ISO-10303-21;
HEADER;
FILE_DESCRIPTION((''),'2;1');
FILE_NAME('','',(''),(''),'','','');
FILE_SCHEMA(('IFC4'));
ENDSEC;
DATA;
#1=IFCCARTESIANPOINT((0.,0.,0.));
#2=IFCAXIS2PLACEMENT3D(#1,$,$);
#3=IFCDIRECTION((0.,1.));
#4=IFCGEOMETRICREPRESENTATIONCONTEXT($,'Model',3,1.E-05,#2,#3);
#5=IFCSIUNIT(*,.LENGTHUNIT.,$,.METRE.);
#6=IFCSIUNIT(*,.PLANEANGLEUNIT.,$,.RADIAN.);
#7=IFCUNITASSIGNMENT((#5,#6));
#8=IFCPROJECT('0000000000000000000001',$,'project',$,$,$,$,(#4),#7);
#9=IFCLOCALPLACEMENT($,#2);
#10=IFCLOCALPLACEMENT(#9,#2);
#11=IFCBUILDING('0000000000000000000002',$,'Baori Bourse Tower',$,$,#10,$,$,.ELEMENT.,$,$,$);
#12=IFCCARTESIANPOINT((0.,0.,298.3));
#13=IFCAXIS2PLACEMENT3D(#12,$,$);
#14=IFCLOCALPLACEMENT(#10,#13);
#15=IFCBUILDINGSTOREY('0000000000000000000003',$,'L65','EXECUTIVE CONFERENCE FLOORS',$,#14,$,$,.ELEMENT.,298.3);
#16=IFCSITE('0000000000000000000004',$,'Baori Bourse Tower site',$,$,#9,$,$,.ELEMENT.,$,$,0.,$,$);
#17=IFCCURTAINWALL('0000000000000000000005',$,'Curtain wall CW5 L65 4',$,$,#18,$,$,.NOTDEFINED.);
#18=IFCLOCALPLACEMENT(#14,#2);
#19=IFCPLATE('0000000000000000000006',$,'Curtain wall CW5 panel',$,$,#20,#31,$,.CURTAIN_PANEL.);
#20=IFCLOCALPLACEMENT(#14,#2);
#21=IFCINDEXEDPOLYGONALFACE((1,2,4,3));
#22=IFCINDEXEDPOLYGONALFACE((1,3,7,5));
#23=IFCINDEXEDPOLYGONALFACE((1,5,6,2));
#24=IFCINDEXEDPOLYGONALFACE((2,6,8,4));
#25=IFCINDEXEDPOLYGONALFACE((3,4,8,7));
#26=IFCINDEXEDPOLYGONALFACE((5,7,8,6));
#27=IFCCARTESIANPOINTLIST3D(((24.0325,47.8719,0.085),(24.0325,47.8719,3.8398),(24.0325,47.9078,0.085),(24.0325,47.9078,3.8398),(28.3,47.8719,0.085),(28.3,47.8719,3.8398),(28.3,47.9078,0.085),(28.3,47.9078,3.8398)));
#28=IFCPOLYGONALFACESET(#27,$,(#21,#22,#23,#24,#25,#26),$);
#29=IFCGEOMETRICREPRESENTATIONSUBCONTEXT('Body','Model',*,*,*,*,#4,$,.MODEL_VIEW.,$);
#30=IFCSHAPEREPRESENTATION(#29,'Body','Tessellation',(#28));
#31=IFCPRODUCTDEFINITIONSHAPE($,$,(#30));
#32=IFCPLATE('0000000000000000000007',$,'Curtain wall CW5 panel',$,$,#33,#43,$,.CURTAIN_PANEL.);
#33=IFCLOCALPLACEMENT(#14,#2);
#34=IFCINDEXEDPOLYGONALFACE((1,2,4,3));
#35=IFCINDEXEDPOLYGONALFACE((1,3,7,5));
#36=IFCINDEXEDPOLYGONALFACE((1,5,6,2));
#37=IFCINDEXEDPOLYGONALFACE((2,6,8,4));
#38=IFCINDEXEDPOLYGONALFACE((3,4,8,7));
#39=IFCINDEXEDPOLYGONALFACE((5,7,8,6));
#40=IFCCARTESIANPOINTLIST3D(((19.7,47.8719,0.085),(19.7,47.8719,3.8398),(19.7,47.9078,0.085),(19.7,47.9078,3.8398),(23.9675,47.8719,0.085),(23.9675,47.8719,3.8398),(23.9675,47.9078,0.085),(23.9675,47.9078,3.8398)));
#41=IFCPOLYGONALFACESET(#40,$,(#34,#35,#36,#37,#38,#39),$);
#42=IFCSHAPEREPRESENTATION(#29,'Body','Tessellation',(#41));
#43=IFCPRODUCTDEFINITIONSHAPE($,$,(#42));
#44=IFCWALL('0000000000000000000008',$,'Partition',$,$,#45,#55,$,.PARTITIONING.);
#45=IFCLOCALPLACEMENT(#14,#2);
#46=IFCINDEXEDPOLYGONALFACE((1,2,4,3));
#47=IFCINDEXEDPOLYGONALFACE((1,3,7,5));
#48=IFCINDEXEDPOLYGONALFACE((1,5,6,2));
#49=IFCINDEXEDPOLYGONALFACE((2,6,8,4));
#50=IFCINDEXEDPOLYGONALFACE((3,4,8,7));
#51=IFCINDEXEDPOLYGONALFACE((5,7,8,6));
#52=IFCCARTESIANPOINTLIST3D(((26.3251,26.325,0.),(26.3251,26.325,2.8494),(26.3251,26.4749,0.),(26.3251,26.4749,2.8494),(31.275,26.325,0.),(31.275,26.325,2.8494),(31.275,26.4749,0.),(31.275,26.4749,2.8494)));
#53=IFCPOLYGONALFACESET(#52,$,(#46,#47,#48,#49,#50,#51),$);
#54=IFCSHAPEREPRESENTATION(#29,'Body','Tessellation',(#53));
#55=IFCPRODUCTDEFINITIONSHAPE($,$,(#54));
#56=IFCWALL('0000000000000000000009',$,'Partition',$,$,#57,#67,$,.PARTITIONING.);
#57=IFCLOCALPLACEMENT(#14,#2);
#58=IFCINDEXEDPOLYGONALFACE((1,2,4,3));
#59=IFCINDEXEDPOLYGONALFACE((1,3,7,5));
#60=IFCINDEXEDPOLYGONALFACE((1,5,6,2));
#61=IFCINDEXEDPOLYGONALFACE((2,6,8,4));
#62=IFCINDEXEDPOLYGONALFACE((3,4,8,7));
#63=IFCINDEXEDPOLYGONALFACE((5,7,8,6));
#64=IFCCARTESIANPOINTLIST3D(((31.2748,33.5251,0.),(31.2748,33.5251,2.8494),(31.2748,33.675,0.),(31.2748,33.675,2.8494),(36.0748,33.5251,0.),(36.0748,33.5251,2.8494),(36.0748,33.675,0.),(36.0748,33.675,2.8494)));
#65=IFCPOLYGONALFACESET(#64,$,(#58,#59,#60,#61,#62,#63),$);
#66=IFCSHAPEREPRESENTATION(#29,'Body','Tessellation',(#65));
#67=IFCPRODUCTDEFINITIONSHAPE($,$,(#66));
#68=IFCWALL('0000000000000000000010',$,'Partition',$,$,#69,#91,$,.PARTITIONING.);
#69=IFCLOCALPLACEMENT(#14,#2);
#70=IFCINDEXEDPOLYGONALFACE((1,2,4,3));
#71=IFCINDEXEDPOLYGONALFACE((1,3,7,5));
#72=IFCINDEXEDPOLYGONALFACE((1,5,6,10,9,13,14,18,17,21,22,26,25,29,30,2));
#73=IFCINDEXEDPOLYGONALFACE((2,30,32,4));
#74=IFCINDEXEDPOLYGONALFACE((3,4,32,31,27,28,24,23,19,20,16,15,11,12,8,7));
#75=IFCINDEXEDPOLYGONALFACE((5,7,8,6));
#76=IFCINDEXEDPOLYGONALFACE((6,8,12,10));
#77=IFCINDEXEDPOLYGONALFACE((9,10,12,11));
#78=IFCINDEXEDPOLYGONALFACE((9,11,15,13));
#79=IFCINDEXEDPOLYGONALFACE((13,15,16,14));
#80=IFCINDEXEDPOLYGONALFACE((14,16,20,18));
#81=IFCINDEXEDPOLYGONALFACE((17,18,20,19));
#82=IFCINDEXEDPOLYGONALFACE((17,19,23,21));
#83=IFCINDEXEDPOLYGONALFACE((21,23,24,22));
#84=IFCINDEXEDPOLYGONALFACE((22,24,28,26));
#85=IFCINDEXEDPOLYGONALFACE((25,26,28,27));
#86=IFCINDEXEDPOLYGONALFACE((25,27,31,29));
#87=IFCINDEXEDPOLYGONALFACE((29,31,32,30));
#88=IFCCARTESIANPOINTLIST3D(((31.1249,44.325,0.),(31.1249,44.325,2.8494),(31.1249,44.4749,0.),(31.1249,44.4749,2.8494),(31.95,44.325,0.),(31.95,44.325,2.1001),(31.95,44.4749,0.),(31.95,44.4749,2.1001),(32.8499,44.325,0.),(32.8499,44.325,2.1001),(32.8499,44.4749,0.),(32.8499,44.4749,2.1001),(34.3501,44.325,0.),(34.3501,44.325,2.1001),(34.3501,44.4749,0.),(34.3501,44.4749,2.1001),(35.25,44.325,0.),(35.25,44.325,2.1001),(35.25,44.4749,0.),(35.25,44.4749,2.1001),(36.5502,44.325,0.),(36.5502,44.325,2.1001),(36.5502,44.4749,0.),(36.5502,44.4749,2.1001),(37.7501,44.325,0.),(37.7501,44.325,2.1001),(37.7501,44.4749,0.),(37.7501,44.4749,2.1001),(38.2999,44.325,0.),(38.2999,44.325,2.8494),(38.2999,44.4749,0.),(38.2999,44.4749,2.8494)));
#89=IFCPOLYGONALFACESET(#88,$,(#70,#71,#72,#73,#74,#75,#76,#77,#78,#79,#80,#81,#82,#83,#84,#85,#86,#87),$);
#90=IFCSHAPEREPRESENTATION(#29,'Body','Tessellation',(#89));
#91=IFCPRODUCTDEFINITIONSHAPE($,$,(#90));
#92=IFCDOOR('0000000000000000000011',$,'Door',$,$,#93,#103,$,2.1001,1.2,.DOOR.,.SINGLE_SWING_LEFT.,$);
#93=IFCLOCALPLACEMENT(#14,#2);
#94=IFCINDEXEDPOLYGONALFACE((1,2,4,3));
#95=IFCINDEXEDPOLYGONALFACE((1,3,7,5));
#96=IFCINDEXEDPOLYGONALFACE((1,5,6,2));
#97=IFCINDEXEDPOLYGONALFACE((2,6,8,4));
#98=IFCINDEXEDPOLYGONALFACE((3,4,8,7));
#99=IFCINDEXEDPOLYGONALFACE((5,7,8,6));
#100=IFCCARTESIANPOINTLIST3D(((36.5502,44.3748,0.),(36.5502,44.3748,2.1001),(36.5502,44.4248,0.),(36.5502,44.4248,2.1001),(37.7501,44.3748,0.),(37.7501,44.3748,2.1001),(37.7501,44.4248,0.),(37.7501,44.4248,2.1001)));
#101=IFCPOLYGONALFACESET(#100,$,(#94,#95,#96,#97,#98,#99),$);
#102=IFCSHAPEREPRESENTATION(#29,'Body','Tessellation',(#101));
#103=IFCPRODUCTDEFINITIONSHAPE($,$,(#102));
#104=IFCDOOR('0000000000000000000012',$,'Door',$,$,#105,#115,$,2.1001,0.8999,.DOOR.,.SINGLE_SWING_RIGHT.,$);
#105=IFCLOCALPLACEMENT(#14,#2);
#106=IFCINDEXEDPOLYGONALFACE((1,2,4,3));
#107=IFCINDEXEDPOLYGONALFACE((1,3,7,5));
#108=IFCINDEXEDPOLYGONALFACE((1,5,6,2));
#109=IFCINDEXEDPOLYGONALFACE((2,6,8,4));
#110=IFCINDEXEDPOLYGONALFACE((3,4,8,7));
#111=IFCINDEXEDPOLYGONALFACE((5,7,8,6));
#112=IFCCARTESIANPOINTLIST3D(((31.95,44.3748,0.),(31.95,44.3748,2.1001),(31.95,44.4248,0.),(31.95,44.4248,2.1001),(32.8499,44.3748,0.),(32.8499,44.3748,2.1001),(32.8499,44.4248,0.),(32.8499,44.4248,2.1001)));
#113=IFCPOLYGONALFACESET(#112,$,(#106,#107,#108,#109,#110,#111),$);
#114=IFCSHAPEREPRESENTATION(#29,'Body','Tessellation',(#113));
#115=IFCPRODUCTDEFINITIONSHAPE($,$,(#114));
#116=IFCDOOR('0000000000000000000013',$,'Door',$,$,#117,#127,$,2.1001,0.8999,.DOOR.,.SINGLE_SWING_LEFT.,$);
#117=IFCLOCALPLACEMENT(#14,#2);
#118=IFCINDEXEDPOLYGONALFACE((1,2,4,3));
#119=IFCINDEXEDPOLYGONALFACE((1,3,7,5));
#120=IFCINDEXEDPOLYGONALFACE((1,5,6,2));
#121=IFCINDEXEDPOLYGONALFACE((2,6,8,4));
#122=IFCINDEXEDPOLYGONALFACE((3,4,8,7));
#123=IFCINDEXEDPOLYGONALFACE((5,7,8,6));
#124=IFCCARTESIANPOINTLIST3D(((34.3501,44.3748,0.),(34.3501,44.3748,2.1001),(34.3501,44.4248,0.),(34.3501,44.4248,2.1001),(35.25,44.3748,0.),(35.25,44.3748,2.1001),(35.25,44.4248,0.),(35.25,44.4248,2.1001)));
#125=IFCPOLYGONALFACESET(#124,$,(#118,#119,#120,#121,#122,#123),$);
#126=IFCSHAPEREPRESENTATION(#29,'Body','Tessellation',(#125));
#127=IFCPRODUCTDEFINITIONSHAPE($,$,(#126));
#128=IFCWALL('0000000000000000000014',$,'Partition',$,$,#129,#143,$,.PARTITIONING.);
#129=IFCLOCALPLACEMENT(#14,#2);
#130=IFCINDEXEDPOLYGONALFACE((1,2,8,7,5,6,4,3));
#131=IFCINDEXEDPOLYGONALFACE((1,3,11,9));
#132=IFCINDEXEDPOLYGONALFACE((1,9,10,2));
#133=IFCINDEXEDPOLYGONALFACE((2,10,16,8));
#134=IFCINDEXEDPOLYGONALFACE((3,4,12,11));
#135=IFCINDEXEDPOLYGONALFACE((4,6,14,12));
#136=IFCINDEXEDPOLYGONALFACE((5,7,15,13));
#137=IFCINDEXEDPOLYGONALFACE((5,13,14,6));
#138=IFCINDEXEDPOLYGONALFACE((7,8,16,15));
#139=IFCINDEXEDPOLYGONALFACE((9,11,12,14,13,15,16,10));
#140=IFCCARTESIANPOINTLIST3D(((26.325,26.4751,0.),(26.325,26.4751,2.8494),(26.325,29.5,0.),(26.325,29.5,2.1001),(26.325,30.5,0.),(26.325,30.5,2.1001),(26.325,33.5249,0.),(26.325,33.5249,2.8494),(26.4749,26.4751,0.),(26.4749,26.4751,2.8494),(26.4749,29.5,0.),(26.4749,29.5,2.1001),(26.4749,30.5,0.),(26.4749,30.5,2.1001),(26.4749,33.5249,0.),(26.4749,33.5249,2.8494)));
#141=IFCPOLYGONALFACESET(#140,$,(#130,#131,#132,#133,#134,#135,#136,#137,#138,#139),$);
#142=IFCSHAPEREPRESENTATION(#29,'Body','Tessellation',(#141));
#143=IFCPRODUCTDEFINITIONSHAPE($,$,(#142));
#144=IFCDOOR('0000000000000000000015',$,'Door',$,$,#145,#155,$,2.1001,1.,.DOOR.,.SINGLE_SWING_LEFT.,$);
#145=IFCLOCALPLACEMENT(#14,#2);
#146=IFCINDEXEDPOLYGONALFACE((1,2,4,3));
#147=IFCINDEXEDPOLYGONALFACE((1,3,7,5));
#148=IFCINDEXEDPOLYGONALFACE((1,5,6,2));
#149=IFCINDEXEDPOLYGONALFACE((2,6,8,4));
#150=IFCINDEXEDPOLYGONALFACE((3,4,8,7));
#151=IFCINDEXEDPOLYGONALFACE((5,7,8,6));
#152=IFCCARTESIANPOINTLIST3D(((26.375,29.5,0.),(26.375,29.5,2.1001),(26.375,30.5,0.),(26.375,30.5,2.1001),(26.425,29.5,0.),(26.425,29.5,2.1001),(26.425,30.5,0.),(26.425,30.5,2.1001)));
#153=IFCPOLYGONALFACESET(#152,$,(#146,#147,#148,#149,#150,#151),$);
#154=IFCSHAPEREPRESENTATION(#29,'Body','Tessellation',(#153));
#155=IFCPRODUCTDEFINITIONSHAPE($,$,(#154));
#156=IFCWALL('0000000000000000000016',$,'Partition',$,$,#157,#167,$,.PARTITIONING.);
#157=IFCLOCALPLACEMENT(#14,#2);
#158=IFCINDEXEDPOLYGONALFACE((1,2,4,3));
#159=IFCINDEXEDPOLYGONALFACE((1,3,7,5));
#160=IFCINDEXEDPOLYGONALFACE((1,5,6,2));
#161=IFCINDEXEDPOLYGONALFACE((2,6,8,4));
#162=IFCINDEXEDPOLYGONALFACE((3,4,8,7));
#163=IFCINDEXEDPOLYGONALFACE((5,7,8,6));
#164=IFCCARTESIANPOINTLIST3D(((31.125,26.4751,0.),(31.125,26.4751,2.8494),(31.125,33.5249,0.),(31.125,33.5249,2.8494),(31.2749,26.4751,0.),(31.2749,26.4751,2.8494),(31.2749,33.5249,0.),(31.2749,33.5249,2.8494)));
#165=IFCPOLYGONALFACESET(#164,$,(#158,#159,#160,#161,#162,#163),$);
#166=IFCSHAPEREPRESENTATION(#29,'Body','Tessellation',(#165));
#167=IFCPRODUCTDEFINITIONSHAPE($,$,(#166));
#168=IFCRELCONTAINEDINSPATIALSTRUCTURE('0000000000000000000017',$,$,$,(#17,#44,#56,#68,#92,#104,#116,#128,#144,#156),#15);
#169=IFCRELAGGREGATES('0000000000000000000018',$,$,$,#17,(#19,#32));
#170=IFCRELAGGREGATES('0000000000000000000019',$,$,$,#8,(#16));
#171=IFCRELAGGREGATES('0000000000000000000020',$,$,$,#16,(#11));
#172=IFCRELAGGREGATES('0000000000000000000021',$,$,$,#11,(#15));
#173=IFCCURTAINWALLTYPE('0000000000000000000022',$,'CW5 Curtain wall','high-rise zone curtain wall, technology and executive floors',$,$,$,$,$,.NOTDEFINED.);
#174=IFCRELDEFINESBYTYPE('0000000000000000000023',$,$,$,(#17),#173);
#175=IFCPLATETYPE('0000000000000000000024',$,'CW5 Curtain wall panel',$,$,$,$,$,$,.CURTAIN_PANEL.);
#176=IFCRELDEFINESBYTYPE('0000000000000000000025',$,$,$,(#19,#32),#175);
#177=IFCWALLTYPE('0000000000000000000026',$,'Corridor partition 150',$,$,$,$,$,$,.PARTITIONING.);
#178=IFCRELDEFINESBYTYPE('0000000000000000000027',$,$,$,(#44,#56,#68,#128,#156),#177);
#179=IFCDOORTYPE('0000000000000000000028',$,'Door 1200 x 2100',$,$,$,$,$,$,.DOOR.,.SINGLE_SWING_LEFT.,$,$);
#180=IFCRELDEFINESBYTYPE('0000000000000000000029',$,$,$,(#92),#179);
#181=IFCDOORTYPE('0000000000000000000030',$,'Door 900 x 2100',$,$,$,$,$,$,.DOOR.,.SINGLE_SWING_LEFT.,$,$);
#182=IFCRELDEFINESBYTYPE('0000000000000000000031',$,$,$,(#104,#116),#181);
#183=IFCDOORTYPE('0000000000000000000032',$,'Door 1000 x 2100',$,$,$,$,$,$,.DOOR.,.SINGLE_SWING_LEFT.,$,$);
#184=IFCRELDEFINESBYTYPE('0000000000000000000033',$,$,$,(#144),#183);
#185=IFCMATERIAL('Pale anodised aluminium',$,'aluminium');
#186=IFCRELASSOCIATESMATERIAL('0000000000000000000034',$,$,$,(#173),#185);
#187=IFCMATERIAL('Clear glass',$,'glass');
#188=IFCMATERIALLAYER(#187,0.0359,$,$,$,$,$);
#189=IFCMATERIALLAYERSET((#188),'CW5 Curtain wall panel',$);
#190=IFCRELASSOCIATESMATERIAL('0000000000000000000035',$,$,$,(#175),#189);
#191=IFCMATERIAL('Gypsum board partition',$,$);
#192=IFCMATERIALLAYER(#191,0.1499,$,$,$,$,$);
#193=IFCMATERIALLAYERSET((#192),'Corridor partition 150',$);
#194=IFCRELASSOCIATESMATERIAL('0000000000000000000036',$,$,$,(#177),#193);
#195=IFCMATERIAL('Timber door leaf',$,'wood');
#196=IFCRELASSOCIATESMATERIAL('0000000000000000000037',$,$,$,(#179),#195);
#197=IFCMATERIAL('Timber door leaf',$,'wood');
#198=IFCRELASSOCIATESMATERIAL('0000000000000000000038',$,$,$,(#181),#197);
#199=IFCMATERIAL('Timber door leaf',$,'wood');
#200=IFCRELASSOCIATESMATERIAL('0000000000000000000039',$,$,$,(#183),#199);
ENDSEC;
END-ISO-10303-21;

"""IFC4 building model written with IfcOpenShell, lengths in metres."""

from ifc_helpers import new_model, si_unit, direction, frame, frame_2d, origin, origin_2d, place, context, subcontext, project, spatial, rectangle, extrude, material, layer, layer_set, type_object, element, fill, aggregate, save


model = new_model("IFC4")

# Units and contexts
model_context = context("Model", 3, precision=1e-05, world=origin(), true_north=direction((0.0, 1.0)))
body_context = subcontext(model_context, "Body", "Model", "MODEL_VIEW")
ifc_project = project(units=[si_unit("LENGTHUNIT", "METRE"), si_unit("PLANEANGLEUNIT", "RADIAN")], contexts=[model_context])

# Site, building, storey
site_placement = place(None, origin())
site = spatial("IfcSite", under=ifc_project, at=site_placement, Name="Baori Bourse Tower site", CompositionType="ELEMENT", RefElevation=0.0)
building_placement = place(site_placement, origin())
building = spatial("IfcBuilding", under=site, at=building_placement, Name="Baori Bourse Tower", CompositionType="ELEMENT")
storey_placement = place(building_placement, frame((0.0, 0.0, 298.3)))
storey = spatial("IfcBuildingStorey", under=building, at=storey_placement, Name="L65", Description="EXECUTIVE CONFERENCE FLOORS", CompositionType="ELEMENT", Elevation=298.3)

# Curtain wall
ifc_material_1 = material(Name="Pale anodised aluminium", Category="aluminium")
curtain_wall_type_1 = type_object("IfcCurtainWallType", Name="CW5 Curtain wall", Description="high-rise zone curtain wall, technology and executive floors", PredefinedType="NOTDEFINED", material=ifc_material_1)
curtain_wall_1_placement = place(storey_placement, origin())
curtain_wall_1 = element("IfcCurtainWall", 1, at=curtain_wall_1_placement, inside=storey, type_object=curtain_wall_type_1, Name="Curtain wall CW5 L65 4", PredefinedType="NOTDEFINED")

# Plates
ifc_material_2 = material(Name="Clear glass", Category="glass")
ifc_layer_1 = layer(ifc_material_2, 0.0359)
ifc_layer_set_1 = layer_set([ifc_layer_1], Name="CW5 Curtain wall panel")
plate_type_1 = type_object("IfcPlateType", Name="CW5 Curtain wall panel", PredefinedType="CURTAIN_PANEL", material=ifc_layer_set_1)
plate_1_placement = place(storey_placement, frame((26.1663, 47.8899, 0.085), z_axis=(0.0, 0.0, 1.0), x_axis=(-1.0, 0.0, 0.0)))
plate_1 = element("IfcPlate", 2, at=plate_1_placement, type_object=plate_type_1, Name="Curtain wall CW5 panel", PredefinedType="CURTAIN_PANEL", context=body_context, shape_type="SweptSolid", body=[
    extrude(rectangle(XDim=4.2676, YDim=0.0359, at=origin_2d()), origin(), (0.0, 0.0, 1.0), 3.7549),
])
plate_2_placement = place(storey_placement, frame((21.8337, 47.8899, 0.085), z_axis=(0.0, 0.0, 1.0), x_axis=(-1.0, 0.0, 0.0)))
plate_2 = element("IfcPlate", 3, at=plate_2_placement, type_object=plate_type_1, Name="Curtain wall CW5 panel", PredefinedType="CURTAIN_PANEL", context=body_context, shape_type="SweptSolid", body=[
    extrude(rectangle(XDim=4.2676, YDim=0.0359, at=origin_2d()), origin(), (0.0, 0.0, 1.0), 3.7549),
])
aggregate(curtain_wall_1, [plate_1, plate_2])

# Walls
ifc_material_3 = material(Name="Gypsum board partition")
ifc_layer_2 = layer(ifc_material_3, 0.1499)
ifc_layer_set_2 = layer_set([ifc_layer_2], Name="Corridor partition 150")
wall_type_1 = type_object("IfcWallType", Name="Corridor partition 150", PredefinedType="PARTITIONING", material=ifc_layer_set_2)
wall_1_placement = place(storey_placement, frame((26.325, 26.3999, 0.0), z_axis=(0.0, 0.0, 1.0), x_axis=(1.0, 0.0, 0.0)))
element("IfcWall", 4, at=wall_1_placement, inside=storey, type_object=wall_type_1, Name="Partition", PredefinedType="PARTITIONING", context=body_context, shape_type="SweptSolid", body=[
    extrude(rectangle(XDim=4.95, YDim=0.1499, at=frame_2d((2.4751, 0.0))), origin(), (0.0, 0.0, 1.0), 2.8494),
])
wall_2_placement = place(storey_placement, frame((31.2749, 33.6001, 0.0), z_axis=(0.0, 0.0, 1.0), x_axis=(1.0, 0.0, 0.0)))
element("IfcWall", 5, at=wall_2_placement, inside=storey, type_object=wall_type_1, Name="Partition", PredefinedType="PARTITIONING", context=body_context, shape_type="SweptSolid", body=[
    extrude(rectangle(XDim=4.8, YDim=0.1499, at=frame_2d((2.3999, 0.0))), origin(), (0.0, 0.0, 1.0), 2.8494),
])

# Wall, openings, doors
wall_3_placement = place(storey_placement, frame((31.125, 44.3999, 0.0), z_axis=(0.0, 0.0, 1.0), x_axis=(1.0, 0.0, 0.0)))
wall_3 = element("IfcWall", 6, at=wall_3_placement, inside=storey, type_object=wall_type_1, Name="Partition", PredefinedType="PARTITIONING", context=body_context, shape_type="SweptSolid", body=[
    extrude(rectangle(XDim=7.175, YDim=0.1499, at=frame_2d((3.5874, 0.0))), origin(), (0.0, 0.0, 1.0), 2.8494),
])
opening_1_placement = place(wall_3_placement, frame((0.825, 0.0, 0.0)))
opening_1 = element("IfcOpeningElement", 7, at=opening_1_placement, cuts=wall_3, PredefinedType="OPENING", context=body_context, shape_type="SweptSolid", body=[
    extrude(rectangle(XDim=0.8999, YDim=2.1001, at=frame_2d((0.45, 1.05))), frame((0.0, 0.085, 0.0), z_axis=(0.0, -1.0, 0.0), x_axis=(1.0, 0.0, 0.0)), (0.0, 0.0, 1.0), 0.1699),
])
opening_2_placement = place(wall_3_placement, frame((3.2251, 0.0, 0.0)))
opening_2 = element("IfcOpeningElement", 8, at=opening_2_placement, cuts=wall_3, PredefinedType="OPENING", context=body_context, shape_type="SweptSolid", body=[
    extrude(rectangle(XDim=0.8999, YDim=2.1001, at=frame_2d((0.45, 1.05))), frame((0.0, 0.085, 0.0), z_axis=(0.0, -1.0, 0.0), x_axis=(1.0, 0.0, 0.0)), (0.0, 0.0, 1.0), 0.1699),
])
opening_3_placement = place(wall_3_placement, frame((5.425, 0.0, 0.0)))
opening_3 = element("IfcOpeningElement", 9, at=opening_3_placement, cuts=wall_3, PredefinedType="OPENING", context=body_context, shape_type="SweptSolid", body=[
    extrude(rectangle(XDim=1.2, YDim=2.1001, at=frame_2d((0.6001, 1.05))), frame((0.0, 0.085, 0.0), z_axis=(0.0, -1.0, 0.0), x_axis=(1.0, 0.0, 0.0)), (0.0, 0.0, 1.0), 0.1699),
])
ifc_material_4 = material(Name="Timber door leaf", Category="wood")
door_type_1 = type_object("IfcDoorType", Name="Door 1200 x 2100", OperationType="SINGLE_SWING_LEFT", PredefinedType="DOOR", material=ifc_material_4)
door_1_placement = place(opening_3_placement, origin())
door_1 = element("IfcDoor", 10, at=door_1_placement, inside=storey, type_object=door_type_1, Name="Door", OperationType="SINGLE_SWING_LEFT", OverallHeight=2.1001, OverallWidth=1.2, PredefinedType="DOOR", context=body_context, shape_type="SweptSolid", body=[
    extrude(rectangle(XDim=1.2, YDim=2.1001, at=frame_2d((0.6001, 1.05))), frame((0.0, 0.0249, 0.0), z_axis=(0.0, -1.0, 0.0), x_axis=(1.0, 0.0, 0.0)), (0.0, 0.0, 1.0), 0.05),
])
fill(opening_3, door_1)
ifc_material_5 = material(Name="Timber door leaf", Category="wood")
door_type_2 = type_object("IfcDoorType", Name="Door 900 x 2100", OperationType="SINGLE_SWING_LEFT", PredefinedType="DOOR", material=ifc_material_5)
door_2_placement = place(opening_1_placement, origin())
door_2 = element("IfcDoor", 11, at=door_2_placement, inside=storey, type_object=door_type_2, Name="Door", OperationType="SINGLE_SWING_RIGHT", OverallHeight=2.1001, OverallWidth=0.8999, PredefinedType="DOOR", context=body_context, shape_type="SweptSolid", body=[
    extrude(rectangle(XDim=0.8999, YDim=2.1001, at=frame_2d((0.45, 1.05))), frame((0.0, 0.0249, 0.0), z_axis=(0.0, -1.0, 0.0), x_axis=(1.0, 0.0, 0.0)), (0.0, 0.0, 1.0), 0.05),
])
fill(opening_1, door_2)
door_3_placement = place(opening_2_placement, origin())
door_3 = element("IfcDoor", 12, at=door_3_placement, inside=storey, type_object=door_type_2, Name="Door", OperationType="SINGLE_SWING_LEFT", OverallHeight=2.1001, OverallWidth=0.8999, PredefinedType="DOOR", context=body_context, shape_type="SweptSolid", body=[
    extrude(rectangle(XDim=0.8999, YDim=2.1001, at=frame_2d((0.45, 1.05))), frame((0.0, 0.0249, 0.0), z_axis=(0.0, -1.0, 0.0), x_axis=(1.0, 0.0, 0.0)), (0.0, 0.0, 1.0), 0.05),
])
fill(opening_2, door_3)

# Wall, opening, door
wall_4_placement = place(storey_placement, frame((26.3999, 26.4751, 0.0), z_axis=(0.0, 0.0, 1.0), x_axis=(0.0, 1.0, 0.0)))
wall_4 = element("IfcWall", 13, at=wall_4_placement, inside=storey, type_object=wall_type_1, Name="Partition", PredefinedType="PARTITIONING", context=body_context, shape_type="SweptSolid", body=[
    extrude(rectangle(XDim=7.0498, YDim=0.1499, at=frame_2d((3.5249, 0.0))), origin(), (0.0, 0.0, 1.0), 2.8494),
])
opening_4_placement = place(wall_4_placement, frame((3.0249, 0.0, 0.0)))
opening_4 = element("IfcOpeningElement", 14, at=opening_4_placement, cuts=wall_4, PredefinedType="OPENING", context=body_context, shape_type="SweptSolid", body=[
    extrude(rectangle(XDim=1.0, YDim=2.1001, at=frame_2d((0.5, 1.05))), frame((0.0, 0.085, 0.0), z_axis=(0.0, -1.0, 0.0), x_axis=(1.0, 0.0, 0.0)), (0.0, 0.0, 1.0), 0.1699),
])
ifc_material_6 = material(Name="Timber door leaf", Category="wood")
door_type_3 = type_object("IfcDoorType", Name="Door 1000 x 2100", OperationType="SINGLE_SWING_LEFT", PredefinedType="DOOR", material=ifc_material_6)
door_4_placement = place(opening_4_placement, origin())
door_4 = element("IfcDoor", 15, at=door_4_placement, inside=storey, type_object=door_type_3, Name="Door", OperationType="SINGLE_SWING_LEFT", OverallHeight=2.1001, OverallWidth=1.0, PredefinedType="DOOR", context=body_context, shape_type="SweptSolid", body=[
    extrude(rectangle(XDim=1.0, YDim=2.1001, at=frame_2d((0.5, 1.05))), frame((0.0, 0.0249, 0.0), z_axis=(0.0, -1.0, 0.0), x_axis=(1.0, 0.0, 0.0)), (0.0, 0.0, 1.0), 0.05),
])
fill(opening_4, door_4)

# Wall
wall_5_placement = place(storey_placement, frame((31.2, 26.4751, 0.0), z_axis=(0.0, 0.0, 1.0), x_axis=(0.0, 1.0, 0.0)))
element("IfcWall", 16, at=wall_5_placement, inside=storey, type_object=wall_type_1, Name="Partition", PredefinedType="PARTITIONING", context=body_context, shape_type="SweptSolid", body=[
    extrude(rectangle(XDim=7.0498, YDim=0.1499, at=frame_2d((3.5249, 0.0))), origin(), (0.0, 0.0, 1.0), 2.8494),
])

save(model, "model.ifc")
